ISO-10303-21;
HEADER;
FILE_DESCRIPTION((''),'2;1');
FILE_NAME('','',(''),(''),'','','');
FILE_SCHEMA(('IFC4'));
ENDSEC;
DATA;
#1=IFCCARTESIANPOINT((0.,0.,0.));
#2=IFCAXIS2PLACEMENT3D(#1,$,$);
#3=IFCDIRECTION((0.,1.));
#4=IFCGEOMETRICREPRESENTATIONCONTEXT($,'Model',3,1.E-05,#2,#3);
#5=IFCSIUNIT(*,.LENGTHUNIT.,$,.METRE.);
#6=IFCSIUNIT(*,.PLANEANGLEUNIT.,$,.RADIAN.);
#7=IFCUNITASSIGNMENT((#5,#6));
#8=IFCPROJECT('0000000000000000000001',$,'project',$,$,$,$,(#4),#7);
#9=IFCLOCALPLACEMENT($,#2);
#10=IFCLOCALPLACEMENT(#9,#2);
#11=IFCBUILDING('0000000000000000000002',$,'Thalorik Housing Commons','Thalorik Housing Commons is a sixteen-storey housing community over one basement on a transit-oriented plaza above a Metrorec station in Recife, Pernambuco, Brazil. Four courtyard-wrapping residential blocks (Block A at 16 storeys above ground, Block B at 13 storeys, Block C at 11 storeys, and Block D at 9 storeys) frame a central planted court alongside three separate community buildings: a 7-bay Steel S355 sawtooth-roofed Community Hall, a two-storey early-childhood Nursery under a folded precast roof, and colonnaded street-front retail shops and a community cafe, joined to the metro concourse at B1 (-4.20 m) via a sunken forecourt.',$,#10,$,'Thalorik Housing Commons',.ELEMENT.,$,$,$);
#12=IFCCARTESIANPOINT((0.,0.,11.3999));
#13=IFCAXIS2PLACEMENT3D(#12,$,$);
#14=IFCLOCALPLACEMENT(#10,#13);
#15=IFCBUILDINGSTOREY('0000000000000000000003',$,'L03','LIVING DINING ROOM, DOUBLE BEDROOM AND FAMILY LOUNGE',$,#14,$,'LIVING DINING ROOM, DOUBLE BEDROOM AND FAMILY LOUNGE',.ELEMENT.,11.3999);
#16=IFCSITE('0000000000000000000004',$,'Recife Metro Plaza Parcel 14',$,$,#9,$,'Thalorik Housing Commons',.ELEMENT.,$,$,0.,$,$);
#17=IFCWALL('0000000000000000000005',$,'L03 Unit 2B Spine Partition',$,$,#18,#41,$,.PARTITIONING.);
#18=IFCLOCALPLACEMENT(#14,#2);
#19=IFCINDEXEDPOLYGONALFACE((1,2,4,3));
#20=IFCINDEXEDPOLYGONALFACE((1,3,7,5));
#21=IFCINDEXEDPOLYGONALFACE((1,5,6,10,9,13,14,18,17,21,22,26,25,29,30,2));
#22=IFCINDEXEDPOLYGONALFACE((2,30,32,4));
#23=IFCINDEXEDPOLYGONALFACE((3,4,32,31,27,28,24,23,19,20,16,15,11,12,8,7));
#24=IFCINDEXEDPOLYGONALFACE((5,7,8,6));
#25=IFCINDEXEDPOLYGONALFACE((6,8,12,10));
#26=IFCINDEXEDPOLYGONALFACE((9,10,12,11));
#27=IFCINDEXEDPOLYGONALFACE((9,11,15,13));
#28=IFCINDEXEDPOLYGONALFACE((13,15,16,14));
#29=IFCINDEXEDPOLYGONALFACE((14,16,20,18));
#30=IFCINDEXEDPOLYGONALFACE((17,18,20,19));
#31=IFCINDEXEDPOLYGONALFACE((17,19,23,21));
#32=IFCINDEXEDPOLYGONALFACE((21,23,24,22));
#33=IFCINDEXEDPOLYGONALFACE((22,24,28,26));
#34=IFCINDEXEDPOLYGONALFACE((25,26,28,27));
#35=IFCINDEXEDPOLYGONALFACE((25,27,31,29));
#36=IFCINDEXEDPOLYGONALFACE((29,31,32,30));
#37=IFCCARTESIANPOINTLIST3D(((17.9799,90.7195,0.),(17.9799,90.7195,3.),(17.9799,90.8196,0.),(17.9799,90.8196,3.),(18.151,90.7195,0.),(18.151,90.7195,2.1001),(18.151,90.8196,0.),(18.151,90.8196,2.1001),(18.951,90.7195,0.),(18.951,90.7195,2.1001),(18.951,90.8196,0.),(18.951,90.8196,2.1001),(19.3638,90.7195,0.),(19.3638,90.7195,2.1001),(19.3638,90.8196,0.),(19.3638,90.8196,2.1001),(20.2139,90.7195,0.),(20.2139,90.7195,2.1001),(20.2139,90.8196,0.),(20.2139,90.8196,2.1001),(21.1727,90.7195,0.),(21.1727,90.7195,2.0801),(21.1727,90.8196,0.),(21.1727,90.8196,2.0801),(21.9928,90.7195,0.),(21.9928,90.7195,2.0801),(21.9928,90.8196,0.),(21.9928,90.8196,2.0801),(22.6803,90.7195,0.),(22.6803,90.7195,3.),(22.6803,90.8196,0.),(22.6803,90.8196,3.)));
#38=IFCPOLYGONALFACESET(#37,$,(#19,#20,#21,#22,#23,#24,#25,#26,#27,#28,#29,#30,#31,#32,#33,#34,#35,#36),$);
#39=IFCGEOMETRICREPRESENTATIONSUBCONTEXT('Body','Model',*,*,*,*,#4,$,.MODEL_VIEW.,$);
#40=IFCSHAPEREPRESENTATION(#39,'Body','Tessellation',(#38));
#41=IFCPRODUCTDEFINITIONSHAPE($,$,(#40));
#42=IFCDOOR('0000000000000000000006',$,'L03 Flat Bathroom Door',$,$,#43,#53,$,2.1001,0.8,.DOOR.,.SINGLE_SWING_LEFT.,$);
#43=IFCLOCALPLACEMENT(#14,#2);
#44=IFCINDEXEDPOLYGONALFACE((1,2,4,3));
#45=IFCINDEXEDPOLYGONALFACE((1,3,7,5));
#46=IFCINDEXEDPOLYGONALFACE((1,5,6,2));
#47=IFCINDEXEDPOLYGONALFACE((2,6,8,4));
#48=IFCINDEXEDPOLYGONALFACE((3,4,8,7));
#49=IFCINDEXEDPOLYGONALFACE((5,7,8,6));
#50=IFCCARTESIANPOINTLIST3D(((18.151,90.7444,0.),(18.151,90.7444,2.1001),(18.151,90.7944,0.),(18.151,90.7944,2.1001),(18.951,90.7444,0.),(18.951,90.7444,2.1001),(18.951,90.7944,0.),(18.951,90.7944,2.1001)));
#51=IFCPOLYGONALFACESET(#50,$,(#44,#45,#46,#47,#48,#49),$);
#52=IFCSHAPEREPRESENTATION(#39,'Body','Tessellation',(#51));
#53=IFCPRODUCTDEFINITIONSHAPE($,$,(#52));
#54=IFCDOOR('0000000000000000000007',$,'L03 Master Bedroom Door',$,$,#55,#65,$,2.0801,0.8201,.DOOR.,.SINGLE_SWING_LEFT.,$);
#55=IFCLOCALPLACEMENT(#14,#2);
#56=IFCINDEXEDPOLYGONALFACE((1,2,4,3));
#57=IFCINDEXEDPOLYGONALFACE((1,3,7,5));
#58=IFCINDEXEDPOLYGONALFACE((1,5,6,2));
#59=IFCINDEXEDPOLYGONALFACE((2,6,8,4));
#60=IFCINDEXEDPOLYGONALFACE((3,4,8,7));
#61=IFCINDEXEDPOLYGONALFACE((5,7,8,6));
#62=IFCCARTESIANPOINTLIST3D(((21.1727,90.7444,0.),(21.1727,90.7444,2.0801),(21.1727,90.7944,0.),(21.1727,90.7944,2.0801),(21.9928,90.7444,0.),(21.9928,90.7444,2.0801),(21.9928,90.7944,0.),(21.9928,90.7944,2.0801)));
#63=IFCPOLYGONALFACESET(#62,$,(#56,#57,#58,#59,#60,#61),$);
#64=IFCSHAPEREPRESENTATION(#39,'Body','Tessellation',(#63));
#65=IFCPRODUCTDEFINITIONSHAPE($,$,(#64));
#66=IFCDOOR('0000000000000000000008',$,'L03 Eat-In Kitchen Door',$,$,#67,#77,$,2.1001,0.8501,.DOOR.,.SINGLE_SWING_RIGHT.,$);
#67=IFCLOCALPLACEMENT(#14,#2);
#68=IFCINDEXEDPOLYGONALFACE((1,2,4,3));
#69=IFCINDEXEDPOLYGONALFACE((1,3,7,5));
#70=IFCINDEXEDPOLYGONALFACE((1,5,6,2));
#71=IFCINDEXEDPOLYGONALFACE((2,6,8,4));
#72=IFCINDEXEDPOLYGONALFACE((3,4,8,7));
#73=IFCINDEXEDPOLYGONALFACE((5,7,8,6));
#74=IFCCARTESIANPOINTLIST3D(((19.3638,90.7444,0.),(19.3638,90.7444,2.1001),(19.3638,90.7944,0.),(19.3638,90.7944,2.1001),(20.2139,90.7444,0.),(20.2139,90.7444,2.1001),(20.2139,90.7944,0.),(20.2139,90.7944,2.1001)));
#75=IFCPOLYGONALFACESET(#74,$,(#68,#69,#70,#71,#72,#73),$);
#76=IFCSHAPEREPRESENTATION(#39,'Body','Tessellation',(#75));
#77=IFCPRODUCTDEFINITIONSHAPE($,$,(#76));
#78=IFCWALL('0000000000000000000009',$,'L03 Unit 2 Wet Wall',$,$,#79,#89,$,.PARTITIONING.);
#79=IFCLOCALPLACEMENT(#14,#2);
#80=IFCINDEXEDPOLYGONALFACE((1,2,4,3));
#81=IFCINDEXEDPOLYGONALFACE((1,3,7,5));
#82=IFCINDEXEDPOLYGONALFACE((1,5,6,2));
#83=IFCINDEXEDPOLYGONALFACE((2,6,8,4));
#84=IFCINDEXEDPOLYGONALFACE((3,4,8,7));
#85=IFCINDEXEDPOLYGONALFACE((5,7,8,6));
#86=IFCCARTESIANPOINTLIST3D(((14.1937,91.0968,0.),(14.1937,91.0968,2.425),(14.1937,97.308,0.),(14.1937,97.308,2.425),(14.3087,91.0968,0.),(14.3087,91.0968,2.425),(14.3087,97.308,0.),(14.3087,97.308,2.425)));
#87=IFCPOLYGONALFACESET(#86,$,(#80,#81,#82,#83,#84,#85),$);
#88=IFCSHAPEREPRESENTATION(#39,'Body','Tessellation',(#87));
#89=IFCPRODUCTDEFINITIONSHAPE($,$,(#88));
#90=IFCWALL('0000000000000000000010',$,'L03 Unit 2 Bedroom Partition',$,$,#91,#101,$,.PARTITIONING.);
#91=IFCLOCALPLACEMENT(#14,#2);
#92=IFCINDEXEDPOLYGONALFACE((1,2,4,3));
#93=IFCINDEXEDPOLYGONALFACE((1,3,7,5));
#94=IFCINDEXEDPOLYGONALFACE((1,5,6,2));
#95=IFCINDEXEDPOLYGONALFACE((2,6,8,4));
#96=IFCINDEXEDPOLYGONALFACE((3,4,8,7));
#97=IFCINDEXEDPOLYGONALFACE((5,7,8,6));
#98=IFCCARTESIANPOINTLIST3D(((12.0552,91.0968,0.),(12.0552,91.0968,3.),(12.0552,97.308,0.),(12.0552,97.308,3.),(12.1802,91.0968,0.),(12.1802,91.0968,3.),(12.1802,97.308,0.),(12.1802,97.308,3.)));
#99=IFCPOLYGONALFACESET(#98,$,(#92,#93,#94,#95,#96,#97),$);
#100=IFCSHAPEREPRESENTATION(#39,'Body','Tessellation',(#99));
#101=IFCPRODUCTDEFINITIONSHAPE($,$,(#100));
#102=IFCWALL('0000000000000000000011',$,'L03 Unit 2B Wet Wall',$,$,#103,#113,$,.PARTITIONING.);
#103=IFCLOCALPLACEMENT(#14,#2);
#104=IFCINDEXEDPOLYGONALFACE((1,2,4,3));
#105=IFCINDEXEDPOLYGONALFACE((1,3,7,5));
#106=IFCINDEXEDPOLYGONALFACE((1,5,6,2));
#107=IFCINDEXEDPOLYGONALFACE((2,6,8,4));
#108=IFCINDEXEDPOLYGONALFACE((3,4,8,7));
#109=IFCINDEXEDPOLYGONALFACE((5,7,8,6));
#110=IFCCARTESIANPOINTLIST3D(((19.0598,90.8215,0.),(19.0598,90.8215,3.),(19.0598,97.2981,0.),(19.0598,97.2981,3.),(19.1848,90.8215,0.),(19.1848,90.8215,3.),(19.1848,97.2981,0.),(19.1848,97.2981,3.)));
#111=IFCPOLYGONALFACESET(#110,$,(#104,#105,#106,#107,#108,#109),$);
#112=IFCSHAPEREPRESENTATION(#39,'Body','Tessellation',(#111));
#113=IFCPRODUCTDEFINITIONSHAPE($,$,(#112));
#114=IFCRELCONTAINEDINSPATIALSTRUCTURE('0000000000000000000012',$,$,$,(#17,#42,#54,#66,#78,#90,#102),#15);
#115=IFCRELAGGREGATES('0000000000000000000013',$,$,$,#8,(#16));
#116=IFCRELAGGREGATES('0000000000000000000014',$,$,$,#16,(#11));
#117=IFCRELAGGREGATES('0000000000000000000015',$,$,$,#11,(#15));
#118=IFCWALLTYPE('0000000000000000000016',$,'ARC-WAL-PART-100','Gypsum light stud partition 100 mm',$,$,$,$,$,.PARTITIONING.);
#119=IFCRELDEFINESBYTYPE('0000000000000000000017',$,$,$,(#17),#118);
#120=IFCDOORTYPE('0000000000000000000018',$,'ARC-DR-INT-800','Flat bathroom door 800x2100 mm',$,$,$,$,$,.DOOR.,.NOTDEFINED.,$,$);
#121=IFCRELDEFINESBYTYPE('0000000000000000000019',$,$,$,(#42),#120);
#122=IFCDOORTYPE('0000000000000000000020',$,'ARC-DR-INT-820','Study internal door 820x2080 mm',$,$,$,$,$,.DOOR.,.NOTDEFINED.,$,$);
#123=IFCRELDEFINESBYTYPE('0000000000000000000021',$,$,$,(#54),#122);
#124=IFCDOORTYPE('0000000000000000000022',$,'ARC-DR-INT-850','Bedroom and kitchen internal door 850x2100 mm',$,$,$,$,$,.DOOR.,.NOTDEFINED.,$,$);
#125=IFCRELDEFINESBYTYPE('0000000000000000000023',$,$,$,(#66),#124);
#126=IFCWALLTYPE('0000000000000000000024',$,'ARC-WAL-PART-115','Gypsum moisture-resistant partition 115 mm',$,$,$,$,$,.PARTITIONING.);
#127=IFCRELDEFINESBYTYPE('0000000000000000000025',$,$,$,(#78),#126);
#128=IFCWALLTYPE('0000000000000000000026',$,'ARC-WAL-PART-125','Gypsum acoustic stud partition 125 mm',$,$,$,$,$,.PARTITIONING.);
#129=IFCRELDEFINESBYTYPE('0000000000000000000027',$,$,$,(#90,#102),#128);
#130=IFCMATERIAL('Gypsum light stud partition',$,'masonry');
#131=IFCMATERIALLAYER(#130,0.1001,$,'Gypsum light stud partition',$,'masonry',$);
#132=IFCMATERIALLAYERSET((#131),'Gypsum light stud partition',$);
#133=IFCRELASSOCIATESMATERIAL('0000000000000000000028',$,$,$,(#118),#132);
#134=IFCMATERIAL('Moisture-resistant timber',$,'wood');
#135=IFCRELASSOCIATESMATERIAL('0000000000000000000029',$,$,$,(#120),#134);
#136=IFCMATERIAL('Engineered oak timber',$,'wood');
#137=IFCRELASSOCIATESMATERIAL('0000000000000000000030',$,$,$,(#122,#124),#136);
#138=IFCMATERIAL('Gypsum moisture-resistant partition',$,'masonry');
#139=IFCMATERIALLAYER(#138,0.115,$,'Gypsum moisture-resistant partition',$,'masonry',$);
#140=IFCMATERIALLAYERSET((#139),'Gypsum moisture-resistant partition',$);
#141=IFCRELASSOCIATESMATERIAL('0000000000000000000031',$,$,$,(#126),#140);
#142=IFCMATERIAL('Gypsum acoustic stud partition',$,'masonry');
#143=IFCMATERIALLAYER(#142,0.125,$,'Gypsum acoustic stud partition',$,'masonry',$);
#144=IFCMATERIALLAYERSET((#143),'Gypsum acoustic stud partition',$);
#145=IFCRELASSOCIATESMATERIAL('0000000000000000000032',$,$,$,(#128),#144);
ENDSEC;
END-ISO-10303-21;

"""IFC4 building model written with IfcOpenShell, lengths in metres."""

from ifc_helpers import new_model, si_unit, direction, frame, frame_2d, origin, place, context, subcontext, project, spatial, rectangle, extrude, material, layer, layer_set, type_object, element, fill, save


model = new_model("IFC4")

# Units and contexts
model_context = context("Model", 3, precision=1e-05, world=origin(), true_north=direction((0.0, 1.0)))
body_context = subcontext(model_context, "Body", "Model", "MODEL_VIEW")
ifc_project = project(units=[si_unit("LENGTHUNIT", "METRE"), si_unit("PLANEANGLEUNIT", "RADIAN")], contexts=[model_context])

# Site, building, storey
site_placement = place(None, origin())
site = spatial("IfcSite", under=ifc_project, at=site_placement, Name="Recife Metro Plaza Parcel 14", LongName="Thalorik Housing Commons", CompositionType="ELEMENT", RefElevation=0.0)
building_placement = place(site_placement, origin())
building = spatial("IfcBuilding", under=site, at=building_placement, Name="Thalorik Housing Commons", Description="Thalorik Housing Commons is a sixteen-storey housing community over one basement on a transit-oriented plaza above a Metrorec station in Recife, Pernambuco, Brazil. Four courtyard-wrapping residential blocks (Block A at 16 storeys above ground, Block B at 13 storeys, Block C at 11 storeys, and Block D at 9 storeys) frame a central planted court alongside three separate community buildings: a 7-bay Steel S355 sawtooth-roofed Community Hall, a two-storey early-childhood Nursery under a folded precast roof, and colonnaded street-front retail shops and a community cafe, joined to the metro concourse at B1 (-4.20 m) via a sunken forecourt.", LongName="Thalorik Housing Commons", CompositionType="ELEMENT")
storey_placement = place(building_placement, frame((0.0, 0.0, 11.3999)))
storey = spatial("IfcBuildingStorey", under=building, at=storey_placement, Name="L03", Description="LIVING DINING ROOM, DOUBLE BEDROOM AND FAMILY LOUNGE", LongName="LIVING DINING ROOM, DOUBLE BEDROOM AND FAMILY LOUNGE", CompositionType="ELEMENT", Elevation=11.3999)

# Wall, openings, doors
ifc_material_1 = material(Name="Gypsum light stud partition", Category="masonry")
ifc_layer_1 = layer(ifc_material_1, 0.1001, Name="Gypsum light stud partition", Category="masonry")
ifc_layer_set_1 = layer_set([ifc_layer_1], Name="Gypsum light stud partition")
wall_type_1 = type_object("IfcWallType", Name="ARC-WAL-PART-100", Description="Gypsum light stud partition 100 mm", PredefinedType="PARTITIONING", material=ifc_layer_set_1)
wall_1_placement = place(storey_placement, frame((17.98, 90.7695, 0.0), z_axis=(0.0, 0.0, 1.0), x_axis=(1.0, 0.0, 0.0)))
wall_1 = element("IfcWall", 1, at=wall_1_placement, inside=storey, type_object=wall_type_1, Name="L03 Unit 2B Spine Partition", PredefinedType="PARTITIONING", context=body_context, shape_type="SweptSolid", body=[
    extrude(rectangle(XDim=4.7004, YDim=0.1001, at=frame_2d((2.3501, 0.0))), origin(), (0.0, 0.0, 1.0), 3.0),
])
opening_1_placement = place(wall_1_placement, frame((0.1711, 0.0, 0.0)))
opening_1 = element("IfcOpeningElement", 2, at=opening_1_placement, cuts=wall_1, PredefinedType="OPENING", context=body_context, shape_type="SweptSolid", body=[
    extrude(rectangle(XDim=0.8, YDim=2.1001, at=frame_2d((0.3999, 1.05))), frame((0.0, 0.0601, 0.0), z_axis=(0.0, -1.0, 0.0), x_axis=(1.0, 0.0, 0.0)), (0.0, 0.0, 1.0), 0.1201),
])
opening_2_placement = place(wall_1_placement, frame((1.3838, 0.0, 0.0)))
opening_2 = element("IfcOpeningElement", 3, at=opening_2_placement, cuts=wall_1, PredefinedType="OPENING", context=body_context, shape_type="SweptSolid", body=[
    extrude(rectangle(XDim=0.8501, YDim=2.1001, at=frame_2d((0.425, 1.05))), frame((0.0, 0.0601, 0.0), z_axis=(0.0, -1.0, 0.0), x_axis=(1.0, 0.0, 0.0)), (0.0, 0.0, 1.0), 0.1201),
])
opening_3_placement = place(wall_1_placement, frame((3.1926, 0.0, 0.0)))
opening_3 = element("IfcOpeningElement", 4, at=opening_3_placement, cuts=wall_1, PredefinedType="OPENING", context=body_context, shape_type="SweptSolid", body=[
    extrude(rectangle(XDim=0.8201, YDim=2.0801, at=frame_2d((0.4102, 1.04))), frame((0.0, 0.0601, 0.0), z_axis=(0.0, -1.0, 0.0), x_axis=(1.0, 0.0, 0.0)), (0.0, 0.0, 1.0), 0.1201),
])
ifc_material_2 = material(Name="Moisture-resistant timber", Category="wood")
door_type_1 = type_object("IfcDoorType", Name="ARC-DR-INT-800", Description="Flat bathroom door 800x2100 mm", OperationType="NOTDEFINED", PredefinedType="DOOR", material=ifc_material_2)
door_1_placement = place(opening_1_placement, origin())
door_1 = element("IfcDoor", 5, at=door_1_placement, inside=storey, type_object=door_type_1, Name="L03 Flat Bathroom Door", OperationType="SINGLE_SWING_LEFT", OverallHeight=2.1001, OverallWidth=0.8, PredefinedType="DOOR", context=body_context, shape_type="SweptSolid", body=[
    extrude(rectangle(XDim=0.8, YDim=2.1001, at=frame_2d((0.3999, 1.05))), frame((0.0, 0.0249, 0.0), z_axis=(0.0, -1.0, 0.0), x_axis=(1.0, 0.0, 0.0)), (0.0, 0.0, 1.0), 0.05),
])
fill(opening_1, door_1)
ifc_material_3 = material(Name="Engineered oak timber", Category="wood")
door_type_2 = type_object("IfcDoorType", Name="ARC-DR-INT-820", Description="Study internal door 820x2080 mm", OperationType="NOTDEFINED", PredefinedType="DOOR", material=ifc_material_3)
door_2_placement = place(opening_3_placement, origin())
door_2 = element("IfcDoor", 6, at=door_2_placement, inside=storey, type_object=door_type_2, Name="L03 Master Bedroom Door", OperationType="SINGLE_SWING_LEFT", OverallHeight=2.0801, OverallWidth=0.8201, PredefinedType="DOOR", context=body_context, shape_type="SweptSolid", body=[
    extrude(rectangle(XDim=0.8201, YDim=2.0801, at=frame_2d((0.4102, 1.04))), frame((0.0, 0.0249, 0.0), z_axis=(0.0, -1.0, 0.0), x_axis=(1.0, 0.0, 0.0)), (0.0, 0.0, 1.0), 0.05),
])
fill(opening_3, door_2)
door_type_3 = type_object("IfcDoorType", Name="ARC-DR-INT-850", Description="Bedroom and kitchen internal door 850x2100 mm", OperationType="NOTDEFINED", PredefinedType="DOOR", material=ifc_material_3)
door_3_placement = place(opening_2_placement, origin())
door_3 = element("IfcDoor", 7, at=door_3_placement, inside=storey, type_object=door_type_3, Name="L03 Eat-In Kitchen Door", OperationType="SINGLE_SWING_RIGHT", OverallHeight=2.1001, OverallWidth=0.8501, PredefinedType="DOOR", context=body_context, shape_type="SweptSolid", body=[
    extrude(rectangle(XDim=0.8501, YDim=2.1001, at=frame_2d((0.425, 1.05))), frame((0.0, 0.0249, 0.0), z_axis=(0.0, -1.0, 0.0), x_axis=(1.0, 0.0, 0.0)), (0.0, 0.0, 1.0), 0.05),
])
fill(opening_2, door_3)

# Walls
ifc_material_4 = material(Name="Gypsum moisture-resistant partition", Category="masonry")
ifc_layer_2 = layer(ifc_material_4, 0.115, Name="Gypsum moisture-resistant partition", Category="masonry")
ifc_layer_set_2 = layer_set([ifc_layer_2], Name="Gypsum moisture-resistant partition")
wall_type_2 = type_object("IfcWallType", Name="ARC-WAL-PART-115", Description="Gypsum moisture-resistant partition 115 mm", PredefinedType="PARTITIONING", material=ifc_layer_set_2)
wall_2_placement = place(storey_placement, frame((14.2512, 91.0969, 0.0), z_axis=(0.0, 0.0, 1.0), x_axis=(0.0, 1.0, 0.0)))
element("IfcWall", 8, at=wall_2_placement, inside=storey, type_object=wall_type_2, Name="L03 Unit 2 Wet Wall", PredefinedType="PARTITIONING", context=body_context, shape_type="SweptSolid", body=[
    extrude(rectangle(XDim=6.2112, YDim=0.115, at=frame_2d((3.1055, 0.0))), origin(), (0.0, 0.0, 1.0), 2.425),
])
ifc_material_5 = material(Name="Gypsum acoustic stud partition", Category="masonry")
ifc_layer_3 = layer(ifc_material_5, 0.125, Name="Gypsum acoustic stud partition", Category="masonry")
ifc_layer_set_3 = layer_set([ifc_layer_3], Name="Gypsum acoustic stud partition")
wall_type_3 = type_object("IfcWallType", Name="ARC-WAL-PART-125", Description="Gypsum acoustic stud partition 125 mm", PredefinedType="PARTITIONING", material=ifc_layer_set_3)
wall_3_placement = place(storey_placement, frame((12.1177, 91.0969, 0.0), z_axis=(0.0, 0.0, 1.0), x_axis=(0.0, 1.0, 0.0)))
element("IfcWall", 9, at=wall_3_placement, inside=storey, type_object=wall_type_3, Name="L03 Unit 2 Bedroom Partition", PredefinedType="PARTITIONING", context=body_context, shape_type="SweptSolid", body=[
    extrude(rectangle(XDim=6.2112, YDim=0.125, at=frame_2d((3.1055, 0.0))), origin(), (0.0, 0.0, 1.0), 3.0),
])
wall_4_placement = place(storey_placement, frame((19.1223, 90.8215, 0.0), z_axis=(0.0, 0.0, 1.0), x_axis=(0.0, 1.0, 0.0)))
element("IfcWall", 10, at=wall_4_placement, inside=storey, type_object=wall_type_3, Name="L03 Unit 2B Wet Wall", PredefinedType="PARTITIONING", context=body_context, shape_type="SweptSolid", body=[
    extrude(rectangle(XDim=6.4766, YDim=0.125, at=frame_2d((3.2383, 0.0))), origin(), (0.0, 0.0, 1.0), 3.0),
])

save(model, "model.ifc")
